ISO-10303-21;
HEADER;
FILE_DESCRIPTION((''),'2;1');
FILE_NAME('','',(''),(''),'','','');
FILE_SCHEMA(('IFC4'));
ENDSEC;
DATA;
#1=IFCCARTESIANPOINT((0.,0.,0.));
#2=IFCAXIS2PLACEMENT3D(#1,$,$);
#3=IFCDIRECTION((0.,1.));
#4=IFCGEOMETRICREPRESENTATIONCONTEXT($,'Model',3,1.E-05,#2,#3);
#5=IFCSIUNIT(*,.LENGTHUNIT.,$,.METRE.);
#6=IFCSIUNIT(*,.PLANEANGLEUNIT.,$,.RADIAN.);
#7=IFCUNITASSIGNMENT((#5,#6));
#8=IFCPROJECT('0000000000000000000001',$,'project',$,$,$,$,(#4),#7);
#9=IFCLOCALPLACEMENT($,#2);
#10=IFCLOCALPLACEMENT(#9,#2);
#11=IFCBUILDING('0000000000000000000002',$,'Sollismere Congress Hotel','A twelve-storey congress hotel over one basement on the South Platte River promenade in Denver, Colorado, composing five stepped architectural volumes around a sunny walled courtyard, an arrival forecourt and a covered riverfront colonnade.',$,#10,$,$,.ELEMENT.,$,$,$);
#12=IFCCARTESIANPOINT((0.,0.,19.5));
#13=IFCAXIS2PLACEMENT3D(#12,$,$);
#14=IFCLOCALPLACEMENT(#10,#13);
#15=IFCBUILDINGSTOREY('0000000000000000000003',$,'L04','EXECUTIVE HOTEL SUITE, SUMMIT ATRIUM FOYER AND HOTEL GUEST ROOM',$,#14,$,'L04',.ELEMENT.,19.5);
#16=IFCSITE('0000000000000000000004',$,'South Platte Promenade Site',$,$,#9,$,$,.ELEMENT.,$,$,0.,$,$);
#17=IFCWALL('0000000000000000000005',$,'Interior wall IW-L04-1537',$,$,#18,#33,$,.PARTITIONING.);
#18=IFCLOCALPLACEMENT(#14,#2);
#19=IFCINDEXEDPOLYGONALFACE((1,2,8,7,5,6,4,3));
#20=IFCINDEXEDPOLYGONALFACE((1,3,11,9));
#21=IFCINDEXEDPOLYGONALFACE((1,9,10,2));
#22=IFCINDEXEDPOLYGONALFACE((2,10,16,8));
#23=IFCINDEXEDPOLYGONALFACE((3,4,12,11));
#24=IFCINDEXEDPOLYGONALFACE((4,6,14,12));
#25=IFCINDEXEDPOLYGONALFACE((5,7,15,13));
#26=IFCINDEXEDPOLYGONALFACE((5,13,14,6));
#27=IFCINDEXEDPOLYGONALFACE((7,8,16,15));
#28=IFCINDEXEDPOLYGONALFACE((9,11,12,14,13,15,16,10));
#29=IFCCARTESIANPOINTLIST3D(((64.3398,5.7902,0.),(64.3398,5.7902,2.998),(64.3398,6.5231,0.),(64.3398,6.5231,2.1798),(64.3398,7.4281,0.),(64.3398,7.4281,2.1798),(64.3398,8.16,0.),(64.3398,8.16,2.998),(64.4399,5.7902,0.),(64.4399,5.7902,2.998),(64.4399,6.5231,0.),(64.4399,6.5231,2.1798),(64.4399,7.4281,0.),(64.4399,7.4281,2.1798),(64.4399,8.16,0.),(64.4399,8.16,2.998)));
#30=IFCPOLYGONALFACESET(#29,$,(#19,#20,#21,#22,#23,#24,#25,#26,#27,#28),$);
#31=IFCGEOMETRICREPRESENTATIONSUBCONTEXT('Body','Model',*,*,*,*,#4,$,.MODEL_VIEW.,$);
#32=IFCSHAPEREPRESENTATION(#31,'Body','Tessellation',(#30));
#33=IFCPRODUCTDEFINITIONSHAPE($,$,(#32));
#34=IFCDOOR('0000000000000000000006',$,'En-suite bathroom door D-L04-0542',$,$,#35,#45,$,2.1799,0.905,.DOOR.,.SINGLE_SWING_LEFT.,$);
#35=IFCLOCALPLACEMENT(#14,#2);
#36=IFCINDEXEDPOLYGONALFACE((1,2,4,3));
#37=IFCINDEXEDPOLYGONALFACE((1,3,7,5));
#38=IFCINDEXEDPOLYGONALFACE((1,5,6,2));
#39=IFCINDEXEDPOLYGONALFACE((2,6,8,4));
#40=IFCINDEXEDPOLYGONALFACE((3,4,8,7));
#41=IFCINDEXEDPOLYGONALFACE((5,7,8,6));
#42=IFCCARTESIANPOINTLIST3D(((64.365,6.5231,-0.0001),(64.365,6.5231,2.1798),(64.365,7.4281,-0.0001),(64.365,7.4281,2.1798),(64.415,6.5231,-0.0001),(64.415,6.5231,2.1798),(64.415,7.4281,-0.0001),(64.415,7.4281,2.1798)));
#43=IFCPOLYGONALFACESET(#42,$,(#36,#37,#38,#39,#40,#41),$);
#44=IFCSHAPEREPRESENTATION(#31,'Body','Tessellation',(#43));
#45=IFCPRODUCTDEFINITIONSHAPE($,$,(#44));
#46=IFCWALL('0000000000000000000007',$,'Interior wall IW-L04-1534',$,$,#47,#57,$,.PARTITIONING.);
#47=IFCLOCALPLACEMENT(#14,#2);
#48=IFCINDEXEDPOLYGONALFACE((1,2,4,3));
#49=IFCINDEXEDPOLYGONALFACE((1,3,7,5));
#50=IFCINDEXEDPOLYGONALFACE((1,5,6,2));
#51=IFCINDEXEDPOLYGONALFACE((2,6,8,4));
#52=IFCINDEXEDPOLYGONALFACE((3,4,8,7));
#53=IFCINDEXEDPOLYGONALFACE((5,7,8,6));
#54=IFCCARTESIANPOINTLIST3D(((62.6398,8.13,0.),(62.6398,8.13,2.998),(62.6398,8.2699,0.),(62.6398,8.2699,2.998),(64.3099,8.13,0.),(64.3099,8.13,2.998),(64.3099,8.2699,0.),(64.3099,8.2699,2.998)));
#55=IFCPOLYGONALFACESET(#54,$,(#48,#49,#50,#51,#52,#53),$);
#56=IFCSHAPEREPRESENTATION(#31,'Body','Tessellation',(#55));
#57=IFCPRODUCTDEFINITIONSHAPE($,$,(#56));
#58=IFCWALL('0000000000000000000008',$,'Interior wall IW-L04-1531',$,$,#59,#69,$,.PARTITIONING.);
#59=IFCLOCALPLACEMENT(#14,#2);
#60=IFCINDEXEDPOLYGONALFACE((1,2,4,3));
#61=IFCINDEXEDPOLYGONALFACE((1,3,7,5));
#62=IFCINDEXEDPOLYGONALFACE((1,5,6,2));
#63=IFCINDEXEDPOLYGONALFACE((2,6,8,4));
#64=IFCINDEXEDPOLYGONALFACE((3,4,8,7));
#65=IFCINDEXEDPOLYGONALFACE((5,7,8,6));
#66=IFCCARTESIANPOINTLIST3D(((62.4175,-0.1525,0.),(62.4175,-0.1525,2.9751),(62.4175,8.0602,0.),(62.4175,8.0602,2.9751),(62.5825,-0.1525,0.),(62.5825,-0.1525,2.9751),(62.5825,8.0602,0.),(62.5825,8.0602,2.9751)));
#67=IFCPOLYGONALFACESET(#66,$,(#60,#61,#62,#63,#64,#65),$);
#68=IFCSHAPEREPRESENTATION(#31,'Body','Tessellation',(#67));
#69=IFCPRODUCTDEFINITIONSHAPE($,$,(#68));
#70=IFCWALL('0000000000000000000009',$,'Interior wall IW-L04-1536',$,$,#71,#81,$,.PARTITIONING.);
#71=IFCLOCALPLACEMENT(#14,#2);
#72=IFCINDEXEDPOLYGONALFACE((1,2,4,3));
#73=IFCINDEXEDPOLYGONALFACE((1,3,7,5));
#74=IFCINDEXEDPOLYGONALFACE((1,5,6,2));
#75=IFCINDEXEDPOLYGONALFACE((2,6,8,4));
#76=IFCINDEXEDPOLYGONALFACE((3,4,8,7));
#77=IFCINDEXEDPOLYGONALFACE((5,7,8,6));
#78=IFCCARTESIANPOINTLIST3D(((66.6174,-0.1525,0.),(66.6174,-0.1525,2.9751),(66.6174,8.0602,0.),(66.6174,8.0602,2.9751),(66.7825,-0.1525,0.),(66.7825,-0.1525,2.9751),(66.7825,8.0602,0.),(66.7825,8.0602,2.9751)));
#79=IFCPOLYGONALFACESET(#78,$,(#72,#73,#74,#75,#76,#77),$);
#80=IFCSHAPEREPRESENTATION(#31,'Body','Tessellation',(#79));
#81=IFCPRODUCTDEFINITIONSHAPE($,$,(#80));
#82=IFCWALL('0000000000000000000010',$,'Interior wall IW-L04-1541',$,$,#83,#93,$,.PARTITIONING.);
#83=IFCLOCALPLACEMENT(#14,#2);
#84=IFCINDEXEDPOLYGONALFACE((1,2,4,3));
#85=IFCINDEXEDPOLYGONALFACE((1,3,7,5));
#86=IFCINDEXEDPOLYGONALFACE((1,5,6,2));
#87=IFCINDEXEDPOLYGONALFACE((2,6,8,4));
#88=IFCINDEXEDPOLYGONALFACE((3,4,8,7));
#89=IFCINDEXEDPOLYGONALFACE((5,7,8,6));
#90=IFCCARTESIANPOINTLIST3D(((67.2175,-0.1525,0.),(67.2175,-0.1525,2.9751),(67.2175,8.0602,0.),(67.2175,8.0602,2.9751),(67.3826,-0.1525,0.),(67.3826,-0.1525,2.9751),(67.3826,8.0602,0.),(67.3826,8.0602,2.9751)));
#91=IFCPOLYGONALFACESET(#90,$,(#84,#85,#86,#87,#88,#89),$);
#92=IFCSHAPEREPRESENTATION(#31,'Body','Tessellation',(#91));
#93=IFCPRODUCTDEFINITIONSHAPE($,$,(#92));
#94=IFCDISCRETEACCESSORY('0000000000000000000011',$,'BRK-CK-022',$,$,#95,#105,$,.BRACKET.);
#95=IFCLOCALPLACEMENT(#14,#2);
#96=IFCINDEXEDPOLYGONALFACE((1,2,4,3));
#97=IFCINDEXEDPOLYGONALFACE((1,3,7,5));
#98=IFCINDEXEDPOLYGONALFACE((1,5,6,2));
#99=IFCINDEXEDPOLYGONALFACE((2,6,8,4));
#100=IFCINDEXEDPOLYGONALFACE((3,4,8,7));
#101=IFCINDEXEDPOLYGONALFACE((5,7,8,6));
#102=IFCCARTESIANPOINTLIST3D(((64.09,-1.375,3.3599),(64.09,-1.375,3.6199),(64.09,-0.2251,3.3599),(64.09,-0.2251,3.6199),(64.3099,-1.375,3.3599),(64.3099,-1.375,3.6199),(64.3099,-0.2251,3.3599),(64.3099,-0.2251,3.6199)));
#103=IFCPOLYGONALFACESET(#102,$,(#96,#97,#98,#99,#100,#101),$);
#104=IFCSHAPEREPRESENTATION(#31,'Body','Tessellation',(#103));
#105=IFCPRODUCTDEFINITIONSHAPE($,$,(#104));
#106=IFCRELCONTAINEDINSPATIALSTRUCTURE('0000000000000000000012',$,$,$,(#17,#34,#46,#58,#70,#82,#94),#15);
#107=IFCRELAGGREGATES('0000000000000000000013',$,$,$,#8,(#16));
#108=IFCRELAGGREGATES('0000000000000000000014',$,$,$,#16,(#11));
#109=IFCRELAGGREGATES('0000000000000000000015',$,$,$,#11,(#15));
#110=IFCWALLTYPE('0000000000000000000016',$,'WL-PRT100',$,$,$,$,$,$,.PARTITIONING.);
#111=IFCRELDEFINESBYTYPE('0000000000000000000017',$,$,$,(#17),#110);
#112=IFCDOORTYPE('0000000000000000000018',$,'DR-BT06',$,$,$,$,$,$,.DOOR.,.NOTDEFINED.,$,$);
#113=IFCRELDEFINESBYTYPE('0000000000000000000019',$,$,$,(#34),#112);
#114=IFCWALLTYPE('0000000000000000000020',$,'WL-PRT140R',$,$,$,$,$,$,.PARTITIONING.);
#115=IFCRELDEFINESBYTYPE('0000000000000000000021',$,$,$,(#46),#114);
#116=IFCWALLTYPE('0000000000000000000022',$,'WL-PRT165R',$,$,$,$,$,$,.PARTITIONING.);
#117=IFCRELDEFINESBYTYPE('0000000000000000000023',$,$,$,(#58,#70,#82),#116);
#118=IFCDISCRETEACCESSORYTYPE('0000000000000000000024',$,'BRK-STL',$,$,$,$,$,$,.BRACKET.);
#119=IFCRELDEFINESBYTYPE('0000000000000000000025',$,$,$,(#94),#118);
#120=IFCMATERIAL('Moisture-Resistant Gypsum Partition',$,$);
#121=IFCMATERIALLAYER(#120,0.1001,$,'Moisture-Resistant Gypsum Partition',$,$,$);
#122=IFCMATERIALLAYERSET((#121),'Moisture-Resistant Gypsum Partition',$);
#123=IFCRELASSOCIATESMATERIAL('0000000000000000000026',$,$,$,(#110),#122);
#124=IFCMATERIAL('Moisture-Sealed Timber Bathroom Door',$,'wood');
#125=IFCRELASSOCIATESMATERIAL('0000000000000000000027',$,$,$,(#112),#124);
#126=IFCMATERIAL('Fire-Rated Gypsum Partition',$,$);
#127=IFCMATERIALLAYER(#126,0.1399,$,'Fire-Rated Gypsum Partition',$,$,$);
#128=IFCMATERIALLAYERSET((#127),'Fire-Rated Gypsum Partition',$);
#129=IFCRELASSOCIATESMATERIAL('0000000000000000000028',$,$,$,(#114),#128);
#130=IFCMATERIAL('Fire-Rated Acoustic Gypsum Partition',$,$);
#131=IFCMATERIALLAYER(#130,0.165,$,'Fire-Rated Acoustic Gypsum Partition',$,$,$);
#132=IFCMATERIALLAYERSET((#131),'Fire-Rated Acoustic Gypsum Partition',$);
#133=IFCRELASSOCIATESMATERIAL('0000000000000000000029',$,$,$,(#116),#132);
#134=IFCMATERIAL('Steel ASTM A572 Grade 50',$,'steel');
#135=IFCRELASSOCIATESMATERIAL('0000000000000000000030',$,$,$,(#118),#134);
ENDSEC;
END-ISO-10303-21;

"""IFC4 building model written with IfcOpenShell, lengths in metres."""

from ifc_helpers import new_model, si_unit, direction, frame, frame_2d, origin, origin_2d, place, context, subcontext, project, spatial, rectangle, extrude, material, layer, layer_set, type_object, element, fill, save


model = new_model("IFC4")

# Units and contexts
model_context = context("Model", 3, precision=1e-05, world=origin(), true_north=direction((0.0, 1.0)))
body_context = subcontext(model_context, "Body", "Model", "MODEL_VIEW")
ifc_project = project(units=[si_unit("LENGTHUNIT", "METRE"), si_unit("PLANEANGLEUNIT", "RADIAN")], contexts=[model_context])

# Site, building, storey
site_placement = place(None, origin())
site = spatial("IfcSite", under=ifc_project, at=site_placement, Name="South Platte Promenade Site", CompositionType="ELEMENT", RefElevation=0.0)
building_placement = place(site_placement, origin())
building = spatial("IfcBuilding", under=site, at=building_placement, Name="Sollismere Congress Hotel", Description="A twelve-storey congress hotel over one basement on the South Platte River promenade in Denver, Colorado, composing five stepped architectural volumes around a sunny walled courtyard, an arrival forecourt and a covered riverfront colonnade.", CompositionType="ELEMENT")
storey_placement = place(building_placement, frame((0.0, 0.0, 19.5)))
storey = spatial("IfcBuildingStorey", under=building, at=storey_placement, Name="L04", Description="EXECUTIVE HOTEL SUITE, SUMMIT ATRIUM FOYER AND HOTEL GUEST ROOM", LongName="L04", CompositionType="ELEMENT", Elevation=19.5)

# Wall, opening, door
ifc_material_1 = material(Name="Moisture-Resistant Gypsum Partition")
ifc_layer_1 = layer(ifc_material_1, 0.1001, Name="Moisture-Resistant Gypsum Partition")
ifc_layer_set_1 = layer_set([ifc_layer_1], Name="Moisture-Resistant Gypsum Partition")
wall_type_1 = type_object("IfcWallType", Name="WL-PRT100", PredefinedType="PARTITIONING", material=ifc_layer_set_1)
wall_1_placement = place(storey_placement, frame((64.3899, 5.79, 0.0), z_axis=(0.0, 0.0, 1.0), x_axis=(0.0, 1.0, 0.0)))
wall_1 = element("IfcWall", 1, at=wall_1_placement, inside=storey, type_object=wall_type_1, Name="Interior wall IW-L04-1537", PredefinedType="PARTITIONING", context=body_context, shape_type="SweptSolid", body=[
    extrude(rectangle(XDim=2.3699, YDim=0.1001, at=frame_2d((1.1851, 0.0))), origin(), (0.0, 0.0, 1.0), 2.998),
])
opening_placement = place(wall_1_placement, frame((0.7329, 0.0, 0.0)))
opening = element("IfcOpeningElement", 2, at=opening_placement, cuts=wall_1, PredefinedType="OPENING", context=body_context, shape_type="SweptSolid", body=[
    extrude(rectangle(XDim=0.905, YDim=2.1799, at=frame_2d((0.4526, 1.0898))), frame((0.0, 0.0601, 0.0), z_axis=(0.0, -1.0, 0.0), x_axis=(1.0, 0.0, 0.0)), (0.0, 0.0, 1.0), 0.1201),
])
ifc_material_2 = material(Name="Moisture-Sealed Timber Bathroom Door", Category="wood")
door_type = type_object("IfcDoorType", Name="DR-BT06", OperationType="NOTDEFINED", PredefinedType="DOOR", material=ifc_material_2)
door_placement = place(opening_placement, origin())
door = element("IfcDoor", 3, at=door_placement, inside=storey, type_object=door_type, Name="En-suite bathroom door D-L04-0542", OperationType="SINGLE_SWING_LEFT", OverallHeight=2.1799, OverallWidth=0.905, PredefinedType="DOOR", context=body_context, shape_type="SweptSolid", body=[
    extrude(rectangle(XDim=0.905, YDim=2.1799, at=frame_2d((0.4526, 1.0898))), frame((0.0, 0.0249, 0.0), z_axis=(0.0, -1.0, 0.0), x_axis=(1.0, 0.0, 0.0)), (0.0, 0.0, 1.0), 0.05),
])
fill(opening, door)

# Walls
ifc_material_3 = material(Name="Fire-Rated Gypsum Partition")
ifc_layer_2 = layer(ifc_material_3, 0.1399, Name="Fire-Rated Gypsum Partition")
ifc_layer_set_2 = layer_set([ifc_layer_2], Name="Fire-Rated Gypsum Partition")
wall_type_2 = type_object("IfcWallType", Name="WL-PRT140R", PredefinedType="PARTITIONING", material=ifc_layer_set_2)
wall_2_placement = place(storey_placement, frame((62.6399, 8.2, 0.0), z_axis=(0.0, 0.0, 1.0), x_axis=(1.0, 0.0, 0.0)))
element("IfcWall", 4, at=wall_2_placement, inside=storey, type_object=wall_type_2, Name="Interior wall IW-L04-1534", PredefinedType="PARTITIONING", context=body_context, shape_type="SweptSolid", body=[
    extrude(rectangle(XDim=1.6702, YDim=0.1399, at=frame_2d((0.835, 0.0))), origin(), (0.0, 0.0, 1.0), 2.998),
])
ifc_material_4 = material(Name="Fire-Rated Acoustic Gypsum Partition")
ifc_layer_3 = layer(ifc_material_4, 0.165, Name="Fire-Rated Acoustic Gypsum Partition")
ifc_layer_set_3 = layer_set([ifc_layer_3], Name="Fire-Rated Acoustic Gypsum Partition")
wall_type_3 = type_object("IfcWallType", Name="WL-PRT165R", PredefinedType="PARTITIONING", material=ifc_layer_set_3)
for number, where, z_axis, x_axis, name in (
    (5, (62.5, -0.1526, 0.0), (0.0, 0.0, 1.0), (0.0, 1.0, 0.0), "Interior wall IW-L04-1531"),
    (6, (66.7, -0.1526, 0.0), (0.0, 0.0, 1.0), (0.0, 1.0, 0.0), "Interior wall IW-L04-1536"),
    (7, (67.3, -0.1526, 0.0), (0.0, 0.0, 1.0), (0.0, 1.0, 0.0), "Interior wall IW-L04-1541"),
):
    element("IfcWall", number, at=place(storey_placement, frame(where, z_axis=z_axis, x_axis=x_axis)), inside=storey, type_object=wall_type_3, Name=name, PredefinedType="PARTITIONING", context=body_context, shape_type="SweptSolid", body=[
        extrude(rectangle(XDim=8.2126, YDim=0.165, at=frame_2d((4.1064, 0.0))), origin(), (0.0, 0.0, 1.0), 2.9751),
    ])

# Discrete accessory
ifc_material_5 = material(Name="Steel ASTM A572 Grade 50", Category="steel")
discrete_accessory_type = type_object("IfcDiscreteAccessoryType", Name="BRK-STL", PredefinedType="BRACKET", material=ifc_material_5)
discrete_accessory_placement = place(storey_placement, frame((64.2, -0.8, 3.3599), z_axis=(0.0, 0.0, 1.0), x_axis=(1.0, 0.0, 0.0)))
element("IfcDiscreteAccessory", 8, at=discrete_accessory_placement, inside=storey, type_object=discrete_accessory_type, Name="BRK-CK-022", PredefinedType="BRACKET", context=body_context, shape_type="SweptSolid", body=[
    extrude(rectangle(XDim=0.22, YDim=1.1499, at=origin_2d()), origin(), (0.0, 0.0, 1.0), 0.26),
])

save(model, "model.ifc")
